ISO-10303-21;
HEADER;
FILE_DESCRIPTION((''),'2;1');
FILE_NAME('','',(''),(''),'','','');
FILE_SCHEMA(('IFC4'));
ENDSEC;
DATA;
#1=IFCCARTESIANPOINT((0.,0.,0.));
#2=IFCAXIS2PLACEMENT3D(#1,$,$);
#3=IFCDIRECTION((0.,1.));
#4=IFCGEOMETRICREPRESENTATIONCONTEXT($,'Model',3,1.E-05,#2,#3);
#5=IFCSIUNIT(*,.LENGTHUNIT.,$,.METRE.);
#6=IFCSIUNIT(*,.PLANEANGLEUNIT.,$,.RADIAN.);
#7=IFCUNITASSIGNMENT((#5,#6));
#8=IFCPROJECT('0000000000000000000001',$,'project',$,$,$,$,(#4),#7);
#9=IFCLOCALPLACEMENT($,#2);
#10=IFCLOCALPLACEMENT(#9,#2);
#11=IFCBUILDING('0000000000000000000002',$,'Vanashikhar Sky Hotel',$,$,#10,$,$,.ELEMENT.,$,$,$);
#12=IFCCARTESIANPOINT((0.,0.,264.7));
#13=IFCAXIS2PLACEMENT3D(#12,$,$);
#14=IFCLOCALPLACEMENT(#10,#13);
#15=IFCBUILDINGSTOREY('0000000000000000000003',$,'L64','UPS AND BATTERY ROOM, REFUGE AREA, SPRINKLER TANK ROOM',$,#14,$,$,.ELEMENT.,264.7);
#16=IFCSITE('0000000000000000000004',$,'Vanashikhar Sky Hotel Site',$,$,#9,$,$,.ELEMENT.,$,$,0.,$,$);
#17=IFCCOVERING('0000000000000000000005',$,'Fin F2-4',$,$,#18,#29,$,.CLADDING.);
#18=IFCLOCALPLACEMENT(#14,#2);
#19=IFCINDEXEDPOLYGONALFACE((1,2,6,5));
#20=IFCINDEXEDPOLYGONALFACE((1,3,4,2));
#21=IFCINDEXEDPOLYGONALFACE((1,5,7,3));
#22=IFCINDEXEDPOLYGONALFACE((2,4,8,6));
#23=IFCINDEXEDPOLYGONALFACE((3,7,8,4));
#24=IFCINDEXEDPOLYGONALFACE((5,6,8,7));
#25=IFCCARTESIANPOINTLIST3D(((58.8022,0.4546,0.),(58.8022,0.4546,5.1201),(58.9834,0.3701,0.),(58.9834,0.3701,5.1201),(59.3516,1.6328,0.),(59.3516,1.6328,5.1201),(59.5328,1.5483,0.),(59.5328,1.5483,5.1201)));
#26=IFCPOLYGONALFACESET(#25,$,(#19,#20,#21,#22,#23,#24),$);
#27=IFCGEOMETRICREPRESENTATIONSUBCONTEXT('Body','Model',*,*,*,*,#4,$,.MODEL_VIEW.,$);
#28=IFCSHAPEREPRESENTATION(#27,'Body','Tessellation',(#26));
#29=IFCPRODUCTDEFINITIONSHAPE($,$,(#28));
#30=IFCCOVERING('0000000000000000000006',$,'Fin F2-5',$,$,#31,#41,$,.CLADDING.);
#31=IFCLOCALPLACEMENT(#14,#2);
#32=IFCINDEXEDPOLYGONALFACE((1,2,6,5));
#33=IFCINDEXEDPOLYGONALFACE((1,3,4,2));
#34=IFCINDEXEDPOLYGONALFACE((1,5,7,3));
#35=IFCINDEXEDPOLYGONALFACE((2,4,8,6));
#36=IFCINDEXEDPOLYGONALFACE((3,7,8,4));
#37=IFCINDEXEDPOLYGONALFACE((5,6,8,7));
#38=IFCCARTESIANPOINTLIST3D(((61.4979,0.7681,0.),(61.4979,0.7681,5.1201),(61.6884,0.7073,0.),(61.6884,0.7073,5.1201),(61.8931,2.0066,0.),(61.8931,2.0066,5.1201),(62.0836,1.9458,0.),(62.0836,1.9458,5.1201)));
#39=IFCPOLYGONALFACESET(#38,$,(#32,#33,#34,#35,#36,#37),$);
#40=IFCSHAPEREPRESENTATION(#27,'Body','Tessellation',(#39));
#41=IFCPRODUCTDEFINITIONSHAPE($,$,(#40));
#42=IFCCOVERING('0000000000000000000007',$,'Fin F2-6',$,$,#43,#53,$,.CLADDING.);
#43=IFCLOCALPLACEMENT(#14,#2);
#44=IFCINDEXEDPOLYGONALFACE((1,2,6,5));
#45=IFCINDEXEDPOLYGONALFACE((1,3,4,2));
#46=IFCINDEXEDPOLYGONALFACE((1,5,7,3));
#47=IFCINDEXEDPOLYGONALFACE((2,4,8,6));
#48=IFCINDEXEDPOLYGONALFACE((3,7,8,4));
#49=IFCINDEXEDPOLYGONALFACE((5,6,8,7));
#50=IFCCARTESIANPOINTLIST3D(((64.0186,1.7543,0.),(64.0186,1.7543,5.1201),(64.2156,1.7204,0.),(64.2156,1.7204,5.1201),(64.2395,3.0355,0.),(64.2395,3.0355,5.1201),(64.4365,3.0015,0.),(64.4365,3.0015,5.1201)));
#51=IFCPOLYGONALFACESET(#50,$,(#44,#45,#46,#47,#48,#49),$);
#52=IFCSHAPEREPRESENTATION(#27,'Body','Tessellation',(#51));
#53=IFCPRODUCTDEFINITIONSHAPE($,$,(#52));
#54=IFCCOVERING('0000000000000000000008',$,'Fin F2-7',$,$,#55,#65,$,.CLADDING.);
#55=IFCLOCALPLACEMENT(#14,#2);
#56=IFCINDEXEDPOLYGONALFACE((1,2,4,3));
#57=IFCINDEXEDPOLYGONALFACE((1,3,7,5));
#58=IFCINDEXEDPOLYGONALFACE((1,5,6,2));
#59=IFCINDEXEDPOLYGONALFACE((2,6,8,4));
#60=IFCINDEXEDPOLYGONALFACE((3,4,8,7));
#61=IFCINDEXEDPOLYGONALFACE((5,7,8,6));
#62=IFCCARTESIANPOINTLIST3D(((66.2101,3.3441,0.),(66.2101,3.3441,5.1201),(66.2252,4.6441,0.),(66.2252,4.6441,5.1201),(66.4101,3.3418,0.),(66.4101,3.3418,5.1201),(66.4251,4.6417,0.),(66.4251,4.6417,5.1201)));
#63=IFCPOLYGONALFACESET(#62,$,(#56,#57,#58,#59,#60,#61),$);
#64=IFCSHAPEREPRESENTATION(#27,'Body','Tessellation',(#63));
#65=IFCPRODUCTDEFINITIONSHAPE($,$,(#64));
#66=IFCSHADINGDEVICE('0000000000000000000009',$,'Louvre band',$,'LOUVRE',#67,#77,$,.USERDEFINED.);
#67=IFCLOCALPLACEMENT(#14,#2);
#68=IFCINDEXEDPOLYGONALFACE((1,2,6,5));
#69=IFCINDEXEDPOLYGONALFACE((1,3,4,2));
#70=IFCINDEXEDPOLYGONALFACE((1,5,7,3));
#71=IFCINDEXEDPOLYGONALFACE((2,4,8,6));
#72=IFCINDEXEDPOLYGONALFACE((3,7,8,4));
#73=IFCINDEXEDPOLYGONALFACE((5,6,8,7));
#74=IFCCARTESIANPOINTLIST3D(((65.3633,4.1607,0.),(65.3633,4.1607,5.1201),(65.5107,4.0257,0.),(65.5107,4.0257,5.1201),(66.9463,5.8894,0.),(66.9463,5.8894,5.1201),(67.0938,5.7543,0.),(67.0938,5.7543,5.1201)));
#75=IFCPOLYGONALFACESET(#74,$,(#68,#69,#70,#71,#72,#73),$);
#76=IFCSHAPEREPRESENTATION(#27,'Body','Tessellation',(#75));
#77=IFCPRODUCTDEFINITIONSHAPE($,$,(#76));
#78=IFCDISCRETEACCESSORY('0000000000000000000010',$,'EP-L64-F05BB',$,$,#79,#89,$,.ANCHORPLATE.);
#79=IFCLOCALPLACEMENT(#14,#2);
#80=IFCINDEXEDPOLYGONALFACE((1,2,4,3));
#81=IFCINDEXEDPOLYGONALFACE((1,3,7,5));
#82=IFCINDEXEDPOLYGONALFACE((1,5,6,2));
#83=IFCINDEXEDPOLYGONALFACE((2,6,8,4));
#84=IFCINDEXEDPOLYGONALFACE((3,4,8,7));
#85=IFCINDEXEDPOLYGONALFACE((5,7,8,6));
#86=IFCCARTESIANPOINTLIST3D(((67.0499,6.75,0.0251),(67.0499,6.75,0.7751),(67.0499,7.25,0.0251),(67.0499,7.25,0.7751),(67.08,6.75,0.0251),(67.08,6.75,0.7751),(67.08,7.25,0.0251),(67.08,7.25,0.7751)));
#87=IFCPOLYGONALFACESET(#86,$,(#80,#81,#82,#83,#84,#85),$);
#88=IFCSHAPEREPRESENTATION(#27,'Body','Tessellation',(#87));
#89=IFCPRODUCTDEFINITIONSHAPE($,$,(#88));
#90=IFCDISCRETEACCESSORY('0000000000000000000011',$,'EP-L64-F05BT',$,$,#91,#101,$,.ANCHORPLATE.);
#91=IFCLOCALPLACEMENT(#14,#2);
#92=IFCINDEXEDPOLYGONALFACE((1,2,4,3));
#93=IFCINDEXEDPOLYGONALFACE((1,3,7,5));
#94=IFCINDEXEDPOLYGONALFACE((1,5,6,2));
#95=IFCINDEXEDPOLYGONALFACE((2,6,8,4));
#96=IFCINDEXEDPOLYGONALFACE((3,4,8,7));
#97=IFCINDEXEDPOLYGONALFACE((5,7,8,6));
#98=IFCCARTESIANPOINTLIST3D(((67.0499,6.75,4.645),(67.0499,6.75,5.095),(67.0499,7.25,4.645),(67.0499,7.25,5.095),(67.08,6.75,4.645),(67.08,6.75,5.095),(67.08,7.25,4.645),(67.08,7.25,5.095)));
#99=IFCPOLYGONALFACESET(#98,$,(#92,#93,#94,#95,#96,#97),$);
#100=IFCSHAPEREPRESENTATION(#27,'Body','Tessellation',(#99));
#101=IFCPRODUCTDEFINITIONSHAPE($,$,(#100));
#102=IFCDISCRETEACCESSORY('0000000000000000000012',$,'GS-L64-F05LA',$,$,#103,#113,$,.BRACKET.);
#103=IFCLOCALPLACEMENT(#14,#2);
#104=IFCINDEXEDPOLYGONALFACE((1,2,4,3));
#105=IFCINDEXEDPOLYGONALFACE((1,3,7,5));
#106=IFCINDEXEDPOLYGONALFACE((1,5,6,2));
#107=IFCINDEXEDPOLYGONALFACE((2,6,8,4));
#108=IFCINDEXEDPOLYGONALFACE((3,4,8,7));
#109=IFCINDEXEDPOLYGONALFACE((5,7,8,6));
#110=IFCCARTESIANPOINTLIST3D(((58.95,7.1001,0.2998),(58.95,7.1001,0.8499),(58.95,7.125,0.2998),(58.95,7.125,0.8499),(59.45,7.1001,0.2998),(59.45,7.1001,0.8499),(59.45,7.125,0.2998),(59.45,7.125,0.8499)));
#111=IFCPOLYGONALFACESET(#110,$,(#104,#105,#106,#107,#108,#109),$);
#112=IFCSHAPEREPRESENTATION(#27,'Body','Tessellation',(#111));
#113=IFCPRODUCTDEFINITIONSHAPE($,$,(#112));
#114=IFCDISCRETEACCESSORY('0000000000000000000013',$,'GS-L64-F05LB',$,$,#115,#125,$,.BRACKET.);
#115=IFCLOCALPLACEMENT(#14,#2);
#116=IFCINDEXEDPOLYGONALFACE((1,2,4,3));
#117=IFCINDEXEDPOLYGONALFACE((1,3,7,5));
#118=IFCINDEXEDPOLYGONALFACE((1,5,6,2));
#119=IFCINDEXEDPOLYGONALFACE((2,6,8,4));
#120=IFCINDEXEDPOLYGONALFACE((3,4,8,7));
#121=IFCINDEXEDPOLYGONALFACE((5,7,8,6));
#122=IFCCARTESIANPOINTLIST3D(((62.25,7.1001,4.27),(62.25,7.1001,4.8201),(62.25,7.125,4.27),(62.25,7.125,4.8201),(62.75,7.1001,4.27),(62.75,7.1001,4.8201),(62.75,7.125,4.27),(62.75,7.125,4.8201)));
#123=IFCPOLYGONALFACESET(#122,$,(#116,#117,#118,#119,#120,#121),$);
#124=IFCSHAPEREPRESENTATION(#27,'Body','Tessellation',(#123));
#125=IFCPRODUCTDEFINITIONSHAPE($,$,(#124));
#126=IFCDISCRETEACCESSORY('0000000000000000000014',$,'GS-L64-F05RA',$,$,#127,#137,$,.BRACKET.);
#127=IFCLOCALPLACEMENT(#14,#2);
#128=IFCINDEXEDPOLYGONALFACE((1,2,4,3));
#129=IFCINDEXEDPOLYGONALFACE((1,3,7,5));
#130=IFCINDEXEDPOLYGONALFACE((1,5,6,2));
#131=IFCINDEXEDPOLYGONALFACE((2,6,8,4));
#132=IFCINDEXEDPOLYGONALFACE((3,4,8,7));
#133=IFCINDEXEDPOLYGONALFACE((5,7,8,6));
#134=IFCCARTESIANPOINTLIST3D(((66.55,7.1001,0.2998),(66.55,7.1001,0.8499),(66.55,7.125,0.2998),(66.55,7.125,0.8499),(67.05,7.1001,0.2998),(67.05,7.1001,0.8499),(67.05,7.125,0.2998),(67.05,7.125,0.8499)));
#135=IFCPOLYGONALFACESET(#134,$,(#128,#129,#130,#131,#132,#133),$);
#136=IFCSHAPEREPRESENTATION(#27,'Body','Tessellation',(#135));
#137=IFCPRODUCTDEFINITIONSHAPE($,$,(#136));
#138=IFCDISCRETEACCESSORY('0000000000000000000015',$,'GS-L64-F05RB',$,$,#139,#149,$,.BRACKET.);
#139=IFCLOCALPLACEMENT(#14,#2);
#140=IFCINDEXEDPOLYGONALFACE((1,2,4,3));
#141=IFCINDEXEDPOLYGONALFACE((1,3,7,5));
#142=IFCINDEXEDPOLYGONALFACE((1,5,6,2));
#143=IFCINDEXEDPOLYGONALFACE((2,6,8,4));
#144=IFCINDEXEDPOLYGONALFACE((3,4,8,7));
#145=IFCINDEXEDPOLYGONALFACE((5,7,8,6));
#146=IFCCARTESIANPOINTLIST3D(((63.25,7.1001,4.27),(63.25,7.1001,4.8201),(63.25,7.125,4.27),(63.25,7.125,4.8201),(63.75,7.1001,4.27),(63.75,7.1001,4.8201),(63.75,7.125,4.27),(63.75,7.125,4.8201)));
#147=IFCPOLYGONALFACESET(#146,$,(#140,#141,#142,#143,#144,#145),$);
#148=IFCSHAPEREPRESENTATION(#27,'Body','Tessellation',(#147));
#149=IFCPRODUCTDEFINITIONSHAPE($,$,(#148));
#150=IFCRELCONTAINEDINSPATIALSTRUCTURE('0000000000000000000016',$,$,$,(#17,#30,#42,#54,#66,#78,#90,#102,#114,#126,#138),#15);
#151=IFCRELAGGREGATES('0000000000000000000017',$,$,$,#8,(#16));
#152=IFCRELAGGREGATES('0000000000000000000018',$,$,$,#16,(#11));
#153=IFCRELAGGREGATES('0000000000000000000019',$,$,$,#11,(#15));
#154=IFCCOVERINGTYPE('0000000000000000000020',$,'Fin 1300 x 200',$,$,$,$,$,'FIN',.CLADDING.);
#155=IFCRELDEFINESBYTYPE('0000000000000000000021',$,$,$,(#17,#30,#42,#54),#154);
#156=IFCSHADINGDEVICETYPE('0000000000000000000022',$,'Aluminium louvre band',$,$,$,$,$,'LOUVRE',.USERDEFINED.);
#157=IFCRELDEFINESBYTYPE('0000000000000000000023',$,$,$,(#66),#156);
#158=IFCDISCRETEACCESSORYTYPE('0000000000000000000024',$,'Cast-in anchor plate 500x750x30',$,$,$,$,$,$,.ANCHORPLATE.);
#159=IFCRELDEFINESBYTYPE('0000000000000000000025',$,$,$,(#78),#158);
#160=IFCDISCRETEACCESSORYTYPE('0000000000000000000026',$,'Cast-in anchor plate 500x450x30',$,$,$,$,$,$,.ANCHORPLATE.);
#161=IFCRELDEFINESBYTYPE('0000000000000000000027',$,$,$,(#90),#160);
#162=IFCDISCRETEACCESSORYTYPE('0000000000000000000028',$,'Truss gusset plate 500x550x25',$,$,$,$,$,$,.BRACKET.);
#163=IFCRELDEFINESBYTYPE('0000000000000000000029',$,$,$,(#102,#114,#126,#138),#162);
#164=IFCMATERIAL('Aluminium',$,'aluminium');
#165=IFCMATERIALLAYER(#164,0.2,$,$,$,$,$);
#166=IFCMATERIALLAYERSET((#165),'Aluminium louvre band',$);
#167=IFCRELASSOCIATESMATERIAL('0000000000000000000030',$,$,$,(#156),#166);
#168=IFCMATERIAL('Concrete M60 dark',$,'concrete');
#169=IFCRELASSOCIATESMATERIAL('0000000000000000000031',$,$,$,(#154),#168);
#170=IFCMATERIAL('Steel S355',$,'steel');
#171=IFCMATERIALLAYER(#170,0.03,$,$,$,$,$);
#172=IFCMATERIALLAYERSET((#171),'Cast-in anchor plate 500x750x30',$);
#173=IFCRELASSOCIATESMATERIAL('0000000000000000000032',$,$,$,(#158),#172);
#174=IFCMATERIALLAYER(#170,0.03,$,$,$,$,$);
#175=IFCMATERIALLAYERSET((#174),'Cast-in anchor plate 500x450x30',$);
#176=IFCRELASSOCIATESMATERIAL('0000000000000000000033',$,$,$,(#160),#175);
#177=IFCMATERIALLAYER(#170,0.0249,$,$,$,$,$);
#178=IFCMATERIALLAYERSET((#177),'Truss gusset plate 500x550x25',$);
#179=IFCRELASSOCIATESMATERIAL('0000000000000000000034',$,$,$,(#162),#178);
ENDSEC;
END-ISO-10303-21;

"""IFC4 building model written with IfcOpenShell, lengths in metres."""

from ifc_helpers import new_model, si_unit, direction, frame, origin, origin_2d, place, context, subcontext, project, spatial, rectangle, extrude, source, transform, mapped, material, layer, layer_set, material_profile, profile_set, type_object, element, save


model = new_model("IFC4")

# Units and contexts
model_context = context("Model", 3, precision=1e-05, world=origin(), true_north=direction((0.0, 1.0)))
body_context = subcontext(model_context, "Body", "Model", "MODEL_VIEW")
ifc_project = project(units=[si_unit("LENGTHUNIT", "METRE"), si_unit("PLANEANGLEUNIT", "RADIAN")], contexts=[model_context])

# Site, building, storey
site_placement = place(None, origin())
site = spatial("IfcSite", under=ifc_project, at=site_placement, Name="Vanashikhar Sky Hotel Site", CompositionType="ELEMENT", RefElevation=0.0)
building_placement = place(site_placement, origin())
building = spatial("IfcBuilding", under=site, at=building_placement, Name="Vanashikhar Sky Hotel", CompositionType="ELEMENT")
storey_placement = place(building_placement, frame((0.0, 0.0, 264.7)))
storey = spatial("IfcBuildingStorey", under=building, at=storey_placement, Name="L64", Description="UPS AND BATTERY ROOM, REFUGE AREA, SPRINKLER TANK ROOM", CompositionType="ELEMENT", Elevation=264.7)

# Shared definitions
ifc_material_1 = material(Name="Steel S355", Category="steel")

# Shared definitions
ifc_material_2 = material(Name="Aluminium", Category="aluminium")
ifc_layer_1 = layer(ifc_material_2, 0.2)
ifc_layer_set_1 = layer_set([ifc_layer_1], Name="Aluminium louvre band")
shading_device_type = type_object("IfcShadingDeviceType", Name="Aluminium louvre band", ElementType="LOUVRE", PredefinedType="USERDEFINED", material=ifc_layer_set_1)

# Coverings
ifc_material_3 = material(Name="Concrete M60 dark", Category="concrete")
ifc_material_profile_1 = material_profile(ifc_material_3, rectangle(XDim=1.3, YDim=0.2, at=origin_2d()))
ifc_profile_set_1 = profile_set([ifc_material_profile_1], Name="Fin 1300 x 200")
covering_type_1 = type_object("IfcCoveringType", Name="Fin 1300 x 200", ElementType="FIN", PredefinedType="CLADDING", material=ifc_profile_set_1)
shared_shape_1 = source(origin(), body_context, "Body", "SweptSolid", [
    extrude(rectangle(XDim=1.3, YDim=0.2, at=origin_2d()), origin(), (0.0, 0.0, 1.0), 5.1201),
])
for number, where, z_axis, x_axis, name in (
    (1, (59.1675, 1.0015, 0.0), (0.0, 0.0, 1.0), (-0.422618, -0.906308, 0.0), "Fin F2-4"),
    (2, (61.7908, 1.3569, 0.0), (0.0, 0.0, 1.0), (-0.303967, -0.952683, 0.0), "Fin F2-5"),
    (3, (64.2275, 2.3779, 0.0), (0.0, 0.0, 1.0), (-0.1699, -0.985461, 0.0), "Fin F2-6"),
    (4, (66.3176, 3.9929, 0.0), (0.0, 0.0, 1.0), (-0.011589, -0.999933, 0.0), "Fin F2-7"),
):
    element("IfcCovering", number, at=place(storey_placement, frame(where, z_axis=z_axis, x_axis=x_axis)), inside=storey, type_object=covering_type_1, Name=name, PredefinedType="CLADDING", context=body_context, shape_type="MappedRepresentation", body=[
        mapped(shared_shape_1, transform((0.0, 0.0, 0.0), scale=1.0)),
    ])

# Shading device
shared_shape_2 = source(origin(), body_context, "Body", "SweptSolid", [
    extrude(rectangle(XDim=2.344, YDim=0.2, at=origin_2d()), origin(), (0.0, 0.0, 1.0), 5.1201),
])
shading_device_1_placement = place(storey_placement, frame((66.2285, 4.9575, 0.0), z_axis=(0.0, 0.0, 1.0), x_axis=(0.675359, 0.73749, 0.0)))
element("IfcShadingDevice", 5, at=shading_device_1_placement, inside=storey, type_object=shading_device_type, Name="Louvre band", ObjectType="LOUVRE", PredefinedType="USERDEFINED", context=body_context, shape_type="MappedRepresentation", body=[
    mapped(shared_shape_2, transform((0.0, 0.0, 0.0), scale=1.0)),
])

# Discrete accessories
ifc_layer_2 = layer(ifc_material_1, 0.03)
ifc_layer_set_2 = layer_set([ifc_layer_2], Name="Cast-in anchor plate 500x750x30")
discrete_accessory_type_1 = type_object("IfcDiscreteAccessoryType", Name="Cast-in anchor plate 500x750x30", PredefinedType="ANCHORPLATE", material=ifc_layer_set_2)
shared_shape_3 = source(origin(), body_context, "Body", "SweptSolid", [
    extrude(rectangle(XDim=0.03, YDim=0.5, at=origin_2d()), origin(), (0.0, 0.0, 1.0), 0.75),
])
discrete_accessory_1_placement = place(storey_placement, frame((67.0649, 7.0, 0.0251), z_axis=(0.0, 0.0, 1.0), x_axis=(1.0, 0.0, 0.0)))
element("IfcDiscreteAccessory", 6, at=discrete_accessory_1_placement, inside=storey, type_object=discrete_accessory_type_1, Name="EP-L64-F05BB", PredefinedType="ANCHORPLATE", context=body_context, shape_type="MappedRepresentation", body=[
    mapped(shared_shape_3, transform((0.0, 0.0, 0.0), scale=1.0)),
])
ifc_layer_3 = layer(ifc_material_1, 0.03)
ifc_layer_set_3 = layer_set([ifc_layer_3], Name="Cast-in anchor plate 500x450x30")
discrete_accessory_type_2 = type_object("IfcDiscreteAccessoryType", Name="Cast-in anchor plate 500x450x30", PredefinedType="ANCHORPLATE", material=ifc_layer_set_3)
shared_shape_4 = source(origin(), body_context, "Body", "SweptSolid", [
    extrude(rectangle(XDim=0.03, YDim=0.5, at=origin_2d()), origin(), (0.0, 0.0, 1.0), 0.45),
])
discrete_accessory_2_placement = place(storey_placement, frame((67.0649, 7.0, 4.645), z_axis=(0.0, 0.0, 1.0), x_axis=(1.0, 0.0, 0.0)))
element("IfcDiscreteAccessory", 7, at=discrete_accessory_2_placement, inside=storey, type_object=discrete_accessory_type_2, Name="EP-L64-F05BT", PredefinedType="ANCHORPLATE", context=body_context, shape_type="MappedRepresentation", body=[
    mapped(shared_shape_4, transform((0.0, 0.0, 0.0), scale=1.0)),
])
ifc_layer_4 = layer(ifc_material_1, 0.0249)
ifc_layer_set_4 = layer_set([ifc_layer_4], Name="Truss gusset plate 500x550x25")
discrete_accessory_type_3 = type_object("IfcDiscreteAccessoryType", Name="Truss gusset plate 500x550x25", PredefinedType="BRACKET", material=ifc_layer_set_4)
shared_shape_5 = source(origin(), body_context, "Body", "SweptSolid", [
    extrude(rectangle(XDim=0.5, YDim=0.0249, at=origin_2d()), origin(), (0.0, 0.0, 1.0), 0.55),
])
for number, where, z_axis, x_axis, name in (
    (8, (59.2, 7.1125, 0.2998), (0.0, 0.0, 1.0), (1.0, 0.0, 0.0), "GS-L64-F05LA"),
    (9, (62.5, 7.1125, 4.27), (0.0, 0.0, 1.0), (1.0, 0.0, 0.0), "GS-L64-F05LB"),
    (10, (66.8, 7.1125, 0.2998), (0.0, 0.0, 1.0), (1.0, 0.0, 0.0), "GS-L64-F05RA"),
    (11, (63.5, 7.1125, 4.27), (0.0, 0.0, 1.0), (1.0, 0.0, 0.0), "GS-L64-F05RB"),
):
    element("IfcDiscreteAccessory", number, at=place(storey_placement, frame(where, z_axis=z_axis, x_axis=x_axis)), inside=storey, type_object=discrete_accessory_type_3, Name=name, PredefinedType="BRACKET", context=body_context, shape_type="MappedRepresentation", body=[
        mapped(shared_shape_5, transform((0.0, 0.0, 0.0), scale=1.0)),
    ])

save(model, "model.ifc")
